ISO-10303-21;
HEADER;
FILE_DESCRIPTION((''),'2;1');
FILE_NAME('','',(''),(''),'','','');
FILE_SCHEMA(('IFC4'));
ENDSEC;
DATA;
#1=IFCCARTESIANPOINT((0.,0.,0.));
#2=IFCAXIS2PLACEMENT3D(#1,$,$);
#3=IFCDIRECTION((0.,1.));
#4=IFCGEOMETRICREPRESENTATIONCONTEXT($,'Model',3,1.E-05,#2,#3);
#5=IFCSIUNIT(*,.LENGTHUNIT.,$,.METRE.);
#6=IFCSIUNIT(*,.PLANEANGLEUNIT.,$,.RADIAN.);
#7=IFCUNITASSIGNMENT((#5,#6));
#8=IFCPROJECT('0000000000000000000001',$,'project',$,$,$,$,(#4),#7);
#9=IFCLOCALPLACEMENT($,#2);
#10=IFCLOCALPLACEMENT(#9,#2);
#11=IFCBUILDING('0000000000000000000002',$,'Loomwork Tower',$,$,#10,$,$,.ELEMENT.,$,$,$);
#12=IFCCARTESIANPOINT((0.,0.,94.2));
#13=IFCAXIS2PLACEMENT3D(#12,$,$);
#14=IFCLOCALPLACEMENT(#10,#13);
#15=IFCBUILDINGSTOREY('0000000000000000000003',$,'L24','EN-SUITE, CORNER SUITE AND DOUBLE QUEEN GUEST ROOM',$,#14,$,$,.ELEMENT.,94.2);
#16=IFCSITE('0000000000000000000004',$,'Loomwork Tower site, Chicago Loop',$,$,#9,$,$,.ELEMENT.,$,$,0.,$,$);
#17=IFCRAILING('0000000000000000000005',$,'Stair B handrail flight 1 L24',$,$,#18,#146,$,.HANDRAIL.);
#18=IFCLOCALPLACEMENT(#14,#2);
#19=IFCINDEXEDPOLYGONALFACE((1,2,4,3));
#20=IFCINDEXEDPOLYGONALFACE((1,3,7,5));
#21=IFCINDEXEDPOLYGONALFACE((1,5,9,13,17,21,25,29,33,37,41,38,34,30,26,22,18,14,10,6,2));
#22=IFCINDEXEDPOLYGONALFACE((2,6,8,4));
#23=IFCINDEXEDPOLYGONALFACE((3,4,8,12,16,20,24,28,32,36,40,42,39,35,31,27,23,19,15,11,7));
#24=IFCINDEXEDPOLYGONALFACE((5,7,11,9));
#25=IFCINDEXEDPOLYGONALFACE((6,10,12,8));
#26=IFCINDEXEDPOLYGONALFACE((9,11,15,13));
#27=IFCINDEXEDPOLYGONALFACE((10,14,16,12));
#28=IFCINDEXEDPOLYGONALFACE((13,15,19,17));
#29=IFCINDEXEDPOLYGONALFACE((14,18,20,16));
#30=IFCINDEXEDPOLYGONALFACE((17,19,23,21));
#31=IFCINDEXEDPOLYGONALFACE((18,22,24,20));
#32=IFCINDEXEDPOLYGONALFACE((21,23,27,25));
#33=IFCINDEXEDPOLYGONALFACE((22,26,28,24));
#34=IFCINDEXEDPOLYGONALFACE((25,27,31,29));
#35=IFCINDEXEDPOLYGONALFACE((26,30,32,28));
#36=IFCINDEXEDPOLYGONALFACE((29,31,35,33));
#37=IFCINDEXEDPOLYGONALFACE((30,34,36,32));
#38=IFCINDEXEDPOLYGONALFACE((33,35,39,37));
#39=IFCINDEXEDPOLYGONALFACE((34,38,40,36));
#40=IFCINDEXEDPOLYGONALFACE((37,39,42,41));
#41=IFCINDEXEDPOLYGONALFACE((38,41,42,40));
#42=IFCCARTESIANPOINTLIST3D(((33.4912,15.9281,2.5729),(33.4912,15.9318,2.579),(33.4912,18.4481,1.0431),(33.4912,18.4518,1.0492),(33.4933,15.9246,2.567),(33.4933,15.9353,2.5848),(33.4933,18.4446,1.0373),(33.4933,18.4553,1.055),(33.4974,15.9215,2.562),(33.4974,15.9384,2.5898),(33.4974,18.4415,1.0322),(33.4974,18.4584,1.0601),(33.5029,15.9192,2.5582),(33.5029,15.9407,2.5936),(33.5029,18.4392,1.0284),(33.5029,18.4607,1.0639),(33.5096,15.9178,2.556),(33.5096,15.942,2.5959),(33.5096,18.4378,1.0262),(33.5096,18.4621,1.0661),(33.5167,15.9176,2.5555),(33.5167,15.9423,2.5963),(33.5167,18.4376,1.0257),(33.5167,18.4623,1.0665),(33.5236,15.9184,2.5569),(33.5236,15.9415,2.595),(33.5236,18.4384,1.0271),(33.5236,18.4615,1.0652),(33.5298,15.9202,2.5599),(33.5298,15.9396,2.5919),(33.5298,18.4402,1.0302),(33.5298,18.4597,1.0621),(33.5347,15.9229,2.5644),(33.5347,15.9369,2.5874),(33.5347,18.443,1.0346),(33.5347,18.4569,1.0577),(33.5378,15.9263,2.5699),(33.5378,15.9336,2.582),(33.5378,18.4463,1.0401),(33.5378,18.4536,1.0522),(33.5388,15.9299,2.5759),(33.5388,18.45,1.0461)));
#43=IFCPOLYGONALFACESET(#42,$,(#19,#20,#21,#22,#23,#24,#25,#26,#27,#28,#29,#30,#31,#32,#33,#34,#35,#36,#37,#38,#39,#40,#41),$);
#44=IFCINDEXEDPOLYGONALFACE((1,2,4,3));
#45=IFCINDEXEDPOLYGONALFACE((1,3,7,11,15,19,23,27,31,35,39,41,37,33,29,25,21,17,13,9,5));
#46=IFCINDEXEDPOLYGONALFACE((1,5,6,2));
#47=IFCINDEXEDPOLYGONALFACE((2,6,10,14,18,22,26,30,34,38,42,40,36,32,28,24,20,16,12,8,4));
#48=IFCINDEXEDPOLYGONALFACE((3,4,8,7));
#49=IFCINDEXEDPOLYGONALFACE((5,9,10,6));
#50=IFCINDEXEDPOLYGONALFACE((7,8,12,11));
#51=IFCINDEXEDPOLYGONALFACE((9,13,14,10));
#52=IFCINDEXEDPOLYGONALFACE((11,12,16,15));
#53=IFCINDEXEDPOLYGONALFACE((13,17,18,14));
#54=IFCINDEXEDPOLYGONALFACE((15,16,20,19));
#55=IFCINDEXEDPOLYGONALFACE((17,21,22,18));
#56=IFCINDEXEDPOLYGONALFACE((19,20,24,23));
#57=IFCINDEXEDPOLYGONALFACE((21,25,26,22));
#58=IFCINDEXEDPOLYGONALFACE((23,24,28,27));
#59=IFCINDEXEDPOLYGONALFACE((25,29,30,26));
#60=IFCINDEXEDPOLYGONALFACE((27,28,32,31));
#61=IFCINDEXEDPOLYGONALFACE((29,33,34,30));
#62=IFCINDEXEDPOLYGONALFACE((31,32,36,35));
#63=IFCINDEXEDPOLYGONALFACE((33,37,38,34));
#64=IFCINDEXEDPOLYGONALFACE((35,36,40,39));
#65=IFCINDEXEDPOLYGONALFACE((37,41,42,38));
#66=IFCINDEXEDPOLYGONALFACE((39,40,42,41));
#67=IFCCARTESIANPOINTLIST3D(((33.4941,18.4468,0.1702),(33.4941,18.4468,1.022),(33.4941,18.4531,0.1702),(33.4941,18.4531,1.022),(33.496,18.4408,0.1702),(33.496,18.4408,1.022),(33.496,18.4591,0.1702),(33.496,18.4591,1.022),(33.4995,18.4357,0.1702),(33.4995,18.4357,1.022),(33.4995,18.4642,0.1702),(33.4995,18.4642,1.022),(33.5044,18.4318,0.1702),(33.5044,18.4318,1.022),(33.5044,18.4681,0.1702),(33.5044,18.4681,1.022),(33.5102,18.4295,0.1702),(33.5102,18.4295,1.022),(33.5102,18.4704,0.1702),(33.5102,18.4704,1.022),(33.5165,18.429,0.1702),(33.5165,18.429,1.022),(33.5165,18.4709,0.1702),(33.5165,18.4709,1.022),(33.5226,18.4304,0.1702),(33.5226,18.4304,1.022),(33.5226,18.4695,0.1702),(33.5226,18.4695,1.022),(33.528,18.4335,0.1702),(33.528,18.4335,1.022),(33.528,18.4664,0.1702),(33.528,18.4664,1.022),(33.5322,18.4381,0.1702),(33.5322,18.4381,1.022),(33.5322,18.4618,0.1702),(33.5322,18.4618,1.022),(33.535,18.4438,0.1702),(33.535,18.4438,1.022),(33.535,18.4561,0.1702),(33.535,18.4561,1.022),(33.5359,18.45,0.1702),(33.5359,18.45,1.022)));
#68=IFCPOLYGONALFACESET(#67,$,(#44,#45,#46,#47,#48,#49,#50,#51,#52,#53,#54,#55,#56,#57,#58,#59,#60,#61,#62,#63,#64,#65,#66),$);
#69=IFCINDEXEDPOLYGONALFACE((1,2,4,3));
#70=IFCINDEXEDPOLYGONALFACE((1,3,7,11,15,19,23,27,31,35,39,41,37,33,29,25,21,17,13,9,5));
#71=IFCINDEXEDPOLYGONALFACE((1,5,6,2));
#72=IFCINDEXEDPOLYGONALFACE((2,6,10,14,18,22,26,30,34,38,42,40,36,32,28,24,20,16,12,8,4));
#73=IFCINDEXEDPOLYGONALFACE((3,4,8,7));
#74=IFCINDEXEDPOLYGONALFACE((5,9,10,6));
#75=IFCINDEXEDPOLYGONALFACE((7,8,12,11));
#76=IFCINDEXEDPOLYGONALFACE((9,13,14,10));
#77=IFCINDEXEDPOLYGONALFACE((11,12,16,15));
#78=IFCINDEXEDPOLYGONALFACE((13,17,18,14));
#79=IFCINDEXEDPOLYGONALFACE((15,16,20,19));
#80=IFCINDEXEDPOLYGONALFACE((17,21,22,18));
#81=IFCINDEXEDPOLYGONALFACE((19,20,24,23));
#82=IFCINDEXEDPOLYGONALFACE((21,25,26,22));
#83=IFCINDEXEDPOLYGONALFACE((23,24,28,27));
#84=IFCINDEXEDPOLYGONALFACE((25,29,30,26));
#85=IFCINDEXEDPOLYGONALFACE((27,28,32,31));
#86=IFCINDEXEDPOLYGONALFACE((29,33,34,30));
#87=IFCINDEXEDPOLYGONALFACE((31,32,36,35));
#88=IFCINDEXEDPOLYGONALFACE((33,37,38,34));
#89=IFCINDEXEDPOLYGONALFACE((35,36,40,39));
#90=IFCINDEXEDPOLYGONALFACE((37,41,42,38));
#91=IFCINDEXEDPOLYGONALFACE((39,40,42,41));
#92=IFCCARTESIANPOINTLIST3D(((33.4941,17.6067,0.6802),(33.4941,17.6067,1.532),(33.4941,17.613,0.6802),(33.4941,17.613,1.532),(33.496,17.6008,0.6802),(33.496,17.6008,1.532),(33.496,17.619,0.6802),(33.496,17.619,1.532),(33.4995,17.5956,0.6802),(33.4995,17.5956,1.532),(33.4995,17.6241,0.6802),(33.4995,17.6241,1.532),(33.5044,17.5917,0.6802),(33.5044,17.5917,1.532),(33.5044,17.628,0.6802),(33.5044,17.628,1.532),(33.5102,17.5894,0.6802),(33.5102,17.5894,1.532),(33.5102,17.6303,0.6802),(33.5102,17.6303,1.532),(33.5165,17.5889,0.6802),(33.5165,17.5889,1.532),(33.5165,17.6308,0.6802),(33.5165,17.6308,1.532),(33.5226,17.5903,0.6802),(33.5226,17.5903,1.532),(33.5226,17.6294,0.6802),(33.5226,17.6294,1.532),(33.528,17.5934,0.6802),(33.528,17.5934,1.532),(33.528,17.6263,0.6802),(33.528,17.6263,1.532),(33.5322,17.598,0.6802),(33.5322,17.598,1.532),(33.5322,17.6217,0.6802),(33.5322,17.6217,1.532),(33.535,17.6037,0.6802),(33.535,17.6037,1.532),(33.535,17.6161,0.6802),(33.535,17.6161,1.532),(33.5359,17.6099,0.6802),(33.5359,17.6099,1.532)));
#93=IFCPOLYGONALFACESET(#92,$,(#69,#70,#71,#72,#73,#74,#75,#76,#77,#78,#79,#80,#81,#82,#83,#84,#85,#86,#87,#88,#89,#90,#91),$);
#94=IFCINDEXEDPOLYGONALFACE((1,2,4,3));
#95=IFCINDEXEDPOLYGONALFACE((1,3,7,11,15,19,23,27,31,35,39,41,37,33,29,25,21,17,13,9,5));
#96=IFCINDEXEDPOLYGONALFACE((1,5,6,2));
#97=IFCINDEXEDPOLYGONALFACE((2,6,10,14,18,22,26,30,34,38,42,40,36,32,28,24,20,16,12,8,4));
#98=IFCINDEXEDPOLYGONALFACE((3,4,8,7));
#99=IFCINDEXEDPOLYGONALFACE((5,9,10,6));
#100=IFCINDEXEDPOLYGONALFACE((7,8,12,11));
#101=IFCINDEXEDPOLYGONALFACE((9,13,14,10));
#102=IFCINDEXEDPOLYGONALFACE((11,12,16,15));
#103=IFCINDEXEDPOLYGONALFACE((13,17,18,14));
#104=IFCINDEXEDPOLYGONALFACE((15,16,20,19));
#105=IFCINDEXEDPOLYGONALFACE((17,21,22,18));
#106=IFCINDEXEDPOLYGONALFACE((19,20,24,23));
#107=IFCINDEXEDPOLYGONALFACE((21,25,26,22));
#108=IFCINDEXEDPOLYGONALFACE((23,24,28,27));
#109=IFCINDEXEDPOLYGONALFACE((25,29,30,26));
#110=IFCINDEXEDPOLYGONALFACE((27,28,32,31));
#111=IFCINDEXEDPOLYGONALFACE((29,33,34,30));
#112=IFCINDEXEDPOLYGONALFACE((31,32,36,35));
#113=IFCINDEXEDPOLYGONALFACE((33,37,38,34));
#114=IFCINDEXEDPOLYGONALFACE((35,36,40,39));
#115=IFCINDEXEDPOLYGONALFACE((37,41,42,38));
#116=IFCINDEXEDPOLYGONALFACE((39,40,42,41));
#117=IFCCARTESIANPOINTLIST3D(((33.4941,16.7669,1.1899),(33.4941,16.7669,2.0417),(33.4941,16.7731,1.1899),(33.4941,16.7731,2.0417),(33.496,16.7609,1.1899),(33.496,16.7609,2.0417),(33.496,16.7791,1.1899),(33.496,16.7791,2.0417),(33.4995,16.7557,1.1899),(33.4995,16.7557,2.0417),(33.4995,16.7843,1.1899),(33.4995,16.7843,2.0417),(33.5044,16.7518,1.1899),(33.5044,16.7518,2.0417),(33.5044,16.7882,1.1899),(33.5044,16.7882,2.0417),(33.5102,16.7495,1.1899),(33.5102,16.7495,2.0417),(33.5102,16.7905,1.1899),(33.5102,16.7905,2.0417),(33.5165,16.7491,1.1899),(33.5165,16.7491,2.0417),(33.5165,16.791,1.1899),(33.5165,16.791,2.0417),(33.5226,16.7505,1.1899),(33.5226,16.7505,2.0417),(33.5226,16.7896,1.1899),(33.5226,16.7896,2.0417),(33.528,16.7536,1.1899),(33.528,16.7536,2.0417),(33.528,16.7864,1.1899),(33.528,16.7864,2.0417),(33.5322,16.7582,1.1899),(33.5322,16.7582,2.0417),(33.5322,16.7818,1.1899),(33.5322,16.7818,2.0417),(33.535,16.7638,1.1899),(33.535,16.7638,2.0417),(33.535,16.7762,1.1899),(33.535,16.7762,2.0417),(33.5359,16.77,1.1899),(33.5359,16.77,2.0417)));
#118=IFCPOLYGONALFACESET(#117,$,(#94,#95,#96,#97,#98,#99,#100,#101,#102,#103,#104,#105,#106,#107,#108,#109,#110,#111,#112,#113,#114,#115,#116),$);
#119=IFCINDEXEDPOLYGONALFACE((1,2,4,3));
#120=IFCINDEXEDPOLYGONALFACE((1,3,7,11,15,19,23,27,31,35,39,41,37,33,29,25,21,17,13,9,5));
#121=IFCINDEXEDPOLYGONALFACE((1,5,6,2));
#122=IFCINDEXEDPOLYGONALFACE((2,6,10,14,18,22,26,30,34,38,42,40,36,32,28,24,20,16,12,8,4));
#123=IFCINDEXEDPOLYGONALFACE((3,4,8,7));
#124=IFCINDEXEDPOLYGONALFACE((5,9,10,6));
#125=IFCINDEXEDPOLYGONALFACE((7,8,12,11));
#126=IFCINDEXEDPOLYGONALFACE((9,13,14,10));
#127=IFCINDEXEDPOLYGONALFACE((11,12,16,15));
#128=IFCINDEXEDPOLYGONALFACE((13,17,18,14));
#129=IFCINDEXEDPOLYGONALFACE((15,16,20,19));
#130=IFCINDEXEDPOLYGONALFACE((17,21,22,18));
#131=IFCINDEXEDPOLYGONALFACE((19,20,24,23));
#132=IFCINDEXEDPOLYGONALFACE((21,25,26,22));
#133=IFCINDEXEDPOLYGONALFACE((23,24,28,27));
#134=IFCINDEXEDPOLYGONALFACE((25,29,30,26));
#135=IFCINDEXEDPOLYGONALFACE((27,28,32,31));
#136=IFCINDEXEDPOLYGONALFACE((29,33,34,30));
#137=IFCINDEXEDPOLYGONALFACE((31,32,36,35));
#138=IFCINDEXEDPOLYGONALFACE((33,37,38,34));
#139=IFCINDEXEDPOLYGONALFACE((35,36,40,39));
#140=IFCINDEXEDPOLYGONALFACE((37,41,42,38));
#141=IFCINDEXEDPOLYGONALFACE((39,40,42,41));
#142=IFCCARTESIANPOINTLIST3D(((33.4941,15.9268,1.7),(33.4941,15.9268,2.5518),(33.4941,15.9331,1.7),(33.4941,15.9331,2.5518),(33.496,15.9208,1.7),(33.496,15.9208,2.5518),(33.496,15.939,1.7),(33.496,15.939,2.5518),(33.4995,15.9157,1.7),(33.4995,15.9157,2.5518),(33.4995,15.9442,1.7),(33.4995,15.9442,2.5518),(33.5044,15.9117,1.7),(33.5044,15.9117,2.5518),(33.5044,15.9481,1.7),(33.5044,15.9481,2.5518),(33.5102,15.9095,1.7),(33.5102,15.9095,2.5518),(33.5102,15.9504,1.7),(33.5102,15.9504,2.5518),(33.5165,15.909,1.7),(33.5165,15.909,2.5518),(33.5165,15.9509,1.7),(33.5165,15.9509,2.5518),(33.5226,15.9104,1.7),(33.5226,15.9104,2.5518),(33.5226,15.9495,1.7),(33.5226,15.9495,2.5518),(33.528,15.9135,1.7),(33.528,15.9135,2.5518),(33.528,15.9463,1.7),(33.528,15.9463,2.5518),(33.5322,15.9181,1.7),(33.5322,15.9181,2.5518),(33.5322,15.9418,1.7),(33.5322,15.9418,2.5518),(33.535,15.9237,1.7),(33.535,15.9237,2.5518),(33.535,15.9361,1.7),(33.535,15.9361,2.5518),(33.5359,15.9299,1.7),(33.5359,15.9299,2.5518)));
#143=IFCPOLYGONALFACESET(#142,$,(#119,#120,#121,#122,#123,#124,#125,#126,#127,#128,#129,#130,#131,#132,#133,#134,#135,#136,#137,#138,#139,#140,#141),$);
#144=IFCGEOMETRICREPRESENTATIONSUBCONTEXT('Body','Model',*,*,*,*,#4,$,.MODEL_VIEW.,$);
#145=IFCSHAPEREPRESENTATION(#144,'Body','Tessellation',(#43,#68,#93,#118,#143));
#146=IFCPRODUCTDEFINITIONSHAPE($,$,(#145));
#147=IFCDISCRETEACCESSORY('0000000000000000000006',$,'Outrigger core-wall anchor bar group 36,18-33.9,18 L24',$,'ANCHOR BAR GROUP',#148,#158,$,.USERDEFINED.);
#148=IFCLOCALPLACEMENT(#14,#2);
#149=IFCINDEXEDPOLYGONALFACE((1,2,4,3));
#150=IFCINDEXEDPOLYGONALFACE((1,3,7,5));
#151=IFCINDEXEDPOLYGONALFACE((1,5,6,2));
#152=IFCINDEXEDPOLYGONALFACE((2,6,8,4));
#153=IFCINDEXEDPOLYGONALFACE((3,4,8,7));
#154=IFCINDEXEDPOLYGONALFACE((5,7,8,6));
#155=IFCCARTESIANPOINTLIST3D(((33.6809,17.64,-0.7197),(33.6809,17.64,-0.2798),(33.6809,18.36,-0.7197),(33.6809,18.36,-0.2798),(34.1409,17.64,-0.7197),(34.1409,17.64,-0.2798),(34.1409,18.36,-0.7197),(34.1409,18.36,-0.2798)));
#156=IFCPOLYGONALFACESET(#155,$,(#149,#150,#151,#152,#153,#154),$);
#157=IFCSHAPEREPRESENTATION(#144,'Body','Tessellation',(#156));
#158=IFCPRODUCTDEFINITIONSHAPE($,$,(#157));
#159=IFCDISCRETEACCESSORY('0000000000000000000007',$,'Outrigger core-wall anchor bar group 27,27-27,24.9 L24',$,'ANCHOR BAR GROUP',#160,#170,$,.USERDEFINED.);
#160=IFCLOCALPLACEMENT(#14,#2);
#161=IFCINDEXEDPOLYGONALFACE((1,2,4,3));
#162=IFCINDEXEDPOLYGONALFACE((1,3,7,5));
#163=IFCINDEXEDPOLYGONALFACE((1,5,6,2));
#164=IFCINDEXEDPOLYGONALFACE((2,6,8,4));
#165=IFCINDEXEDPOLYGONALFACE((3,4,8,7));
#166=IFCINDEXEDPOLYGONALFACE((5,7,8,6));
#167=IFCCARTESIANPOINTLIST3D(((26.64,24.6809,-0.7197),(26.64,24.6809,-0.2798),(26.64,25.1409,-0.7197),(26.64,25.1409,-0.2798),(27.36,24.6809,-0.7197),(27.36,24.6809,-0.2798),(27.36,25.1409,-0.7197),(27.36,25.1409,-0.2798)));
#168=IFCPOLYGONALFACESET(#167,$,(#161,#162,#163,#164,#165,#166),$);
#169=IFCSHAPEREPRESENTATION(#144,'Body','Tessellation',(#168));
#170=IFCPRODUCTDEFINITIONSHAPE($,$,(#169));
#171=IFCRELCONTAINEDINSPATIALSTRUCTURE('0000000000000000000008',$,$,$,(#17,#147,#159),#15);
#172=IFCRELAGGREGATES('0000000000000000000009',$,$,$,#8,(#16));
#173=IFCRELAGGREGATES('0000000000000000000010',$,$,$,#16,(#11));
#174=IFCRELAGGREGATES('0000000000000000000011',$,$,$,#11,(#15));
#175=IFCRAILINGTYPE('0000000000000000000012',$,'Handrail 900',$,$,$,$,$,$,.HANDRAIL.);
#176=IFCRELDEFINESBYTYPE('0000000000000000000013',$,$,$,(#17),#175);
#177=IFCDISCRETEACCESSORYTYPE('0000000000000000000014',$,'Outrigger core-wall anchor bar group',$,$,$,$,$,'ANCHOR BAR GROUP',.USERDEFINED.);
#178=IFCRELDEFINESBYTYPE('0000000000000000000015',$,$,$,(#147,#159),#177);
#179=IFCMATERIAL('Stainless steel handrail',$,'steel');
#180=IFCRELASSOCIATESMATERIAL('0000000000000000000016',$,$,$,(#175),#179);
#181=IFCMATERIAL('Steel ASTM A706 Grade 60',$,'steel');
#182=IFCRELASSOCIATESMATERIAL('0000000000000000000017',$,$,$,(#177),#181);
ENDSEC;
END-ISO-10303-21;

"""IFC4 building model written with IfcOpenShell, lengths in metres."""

from ifc_helpers import new_model, si_unit, direction, frame, origin, origin_2d, place, context, subcontext, project, spatial, rectangle, circle, extrude, material, type_object, element, save


model = new_model("IFC4")

# Units and contexts
model_context = context("Model", 3, precision=1e-05, world=origin(), true_north=direction((0.0, 1.0)))
body_context = subcontext(model_context, "Body", "Model", "MODEL_VIEW")
ifc_project = project(units=[si_unit("LENGTHUNIT", "METRE"), si_unit("PLANEANGLEUNIT", "RADIAN")], contexts=[model_context])

# Site, building, storey
site_placement = place(None, origin())
site = spatial("IfcSite", under=ifc_project, at=site_placement, Name="Loomwork Tower site, Chicago Loop", CompositionType="ELEMENT", RefElevation=0.0)
building_placement = place(site_placement, origin())
building = spatial("IfcBuilding", under=site, at=building_placement, Name="Loomwork Tower", CompositionType="ELEMENT")
storey_placement = place(building_placement, frame((0.0, 0.0, 94.2)))
storey = spatial("IfcBuildingStorey", under=building, at=storey_placement, Name="L24", Description="EN-SUITE, CORNER SUITE AND DOUBLE QUEEN GUEST ROOM", CompositionType="ELEMENT", Elevation=94.2)

# Railing
ifc_material_1 = material(Name="Stainless steel handrail", Category="steel")
railing_type = type_object("IfcRailingType", Name="Handrail 900", PredefinedType="HANDRAIL", material=ifc_material_1)
railing_placement = place(storey_placement, frame((33.5149, 18.45, 0.1702)))
element("IfcRailing", 1, at=railing_placement, inside=storey, type_object=railing_type, Name="Stair B handrail flight 1 L24", PredefinedType="HANDRAIL", context=body_context, shape_type="SweptSolid", body=[
    extrude(circle(Radius=0.0239, at=origin_2d()), frame((0.0, 0.0, 0.876), z_axis=(0.0, -0.854822, 0.518922), x_axis=(1.0, 0.0, 0.0)), (0.0, 0.0, 1.0), 2.948),
    extrude(circle(Radius=0.021, at=origin_2d()), origin(), (0.0, 0.0, 1.0), 0.8518),
    extrude(circle(Radius=0.021, at=origin_2d()), frame((0.0, -0.8401, 0.51)), (0.0, 0.0, 1.0), 0.8518),
    extrude(circle(Radius=0.021, at=origin_2d()), frame((0.0, -1.6799, 1.0198)), (0.0, 0.0, 1.0), 0.8518),
    extrude(circle(Radius=0.021, at=origin_2d()), frame((0.0, -2.52, 1.5298)), (0.0, 0.0, 1.0), 0.8518),
])

# Discrete accessories
ifc_material_2 = material(Name="Steel ASTM A706 Grade 60", Category="steel")
discrete_accessory_type = type_object("IfcDiscreteAccessoryType", Name="Outrigger core-wall anchor bar group", ElementType="ANCHOR BAR GROUP", PredefinedType="USERDEFINED", material=ifc_material_2)
discrete_accessory_1_placement = place(storey_placement, frame((33.9109, 18.0, -0.7197), z_axis=(0.0, 0.0, 1.0), x_axis=(1.0, 0.0, 0.0)))
element("IfcDiscreteAccessory", 2, at=discrete_accessory_1_placement, inside=storey, type_object=discrete_accessory_type, Name="Outrigger core-wall anchor bar group 36,18-33.9,18 L24", ObjectType="ANCHOR BAR GROUP", PredefinedType="USERDEFINED", context=body_context, shape_type="SweptSolid", body=[
    extrude(rectangle(XDim=0.46, YDim=0.72, at=origin_2d()), origin(), (0.0, 0.0, 1.0), 0.4399),
])
discrete_accessory_2_placement = place(storey_placement, frame((27.0, 24.9109, -0.7197), z_axis=(0.0, 0.0, 1.0), x_axis=(1.0, 0.0, 0.0)))
element("IfcDiscreteAccessory", 3, at=discrete_accessory_2_placement, inside=storey, type_object=discrete_accessory_type, Name="Outrigger core-wall anchor bar group 27,27-27,24.9 L24", ObjectType="ANCHOR BAR GROUP", PredefinedType="USERDEFINED", context=body_context, shape_type="SweptSolid", body=[
    extrude(rectangle(XDim=0.72, YDim=0.46, at=origin_2d()), origin(), (0.0, 0.0, 1.0), 0.4399),
])

save(model, "model.ifc")
